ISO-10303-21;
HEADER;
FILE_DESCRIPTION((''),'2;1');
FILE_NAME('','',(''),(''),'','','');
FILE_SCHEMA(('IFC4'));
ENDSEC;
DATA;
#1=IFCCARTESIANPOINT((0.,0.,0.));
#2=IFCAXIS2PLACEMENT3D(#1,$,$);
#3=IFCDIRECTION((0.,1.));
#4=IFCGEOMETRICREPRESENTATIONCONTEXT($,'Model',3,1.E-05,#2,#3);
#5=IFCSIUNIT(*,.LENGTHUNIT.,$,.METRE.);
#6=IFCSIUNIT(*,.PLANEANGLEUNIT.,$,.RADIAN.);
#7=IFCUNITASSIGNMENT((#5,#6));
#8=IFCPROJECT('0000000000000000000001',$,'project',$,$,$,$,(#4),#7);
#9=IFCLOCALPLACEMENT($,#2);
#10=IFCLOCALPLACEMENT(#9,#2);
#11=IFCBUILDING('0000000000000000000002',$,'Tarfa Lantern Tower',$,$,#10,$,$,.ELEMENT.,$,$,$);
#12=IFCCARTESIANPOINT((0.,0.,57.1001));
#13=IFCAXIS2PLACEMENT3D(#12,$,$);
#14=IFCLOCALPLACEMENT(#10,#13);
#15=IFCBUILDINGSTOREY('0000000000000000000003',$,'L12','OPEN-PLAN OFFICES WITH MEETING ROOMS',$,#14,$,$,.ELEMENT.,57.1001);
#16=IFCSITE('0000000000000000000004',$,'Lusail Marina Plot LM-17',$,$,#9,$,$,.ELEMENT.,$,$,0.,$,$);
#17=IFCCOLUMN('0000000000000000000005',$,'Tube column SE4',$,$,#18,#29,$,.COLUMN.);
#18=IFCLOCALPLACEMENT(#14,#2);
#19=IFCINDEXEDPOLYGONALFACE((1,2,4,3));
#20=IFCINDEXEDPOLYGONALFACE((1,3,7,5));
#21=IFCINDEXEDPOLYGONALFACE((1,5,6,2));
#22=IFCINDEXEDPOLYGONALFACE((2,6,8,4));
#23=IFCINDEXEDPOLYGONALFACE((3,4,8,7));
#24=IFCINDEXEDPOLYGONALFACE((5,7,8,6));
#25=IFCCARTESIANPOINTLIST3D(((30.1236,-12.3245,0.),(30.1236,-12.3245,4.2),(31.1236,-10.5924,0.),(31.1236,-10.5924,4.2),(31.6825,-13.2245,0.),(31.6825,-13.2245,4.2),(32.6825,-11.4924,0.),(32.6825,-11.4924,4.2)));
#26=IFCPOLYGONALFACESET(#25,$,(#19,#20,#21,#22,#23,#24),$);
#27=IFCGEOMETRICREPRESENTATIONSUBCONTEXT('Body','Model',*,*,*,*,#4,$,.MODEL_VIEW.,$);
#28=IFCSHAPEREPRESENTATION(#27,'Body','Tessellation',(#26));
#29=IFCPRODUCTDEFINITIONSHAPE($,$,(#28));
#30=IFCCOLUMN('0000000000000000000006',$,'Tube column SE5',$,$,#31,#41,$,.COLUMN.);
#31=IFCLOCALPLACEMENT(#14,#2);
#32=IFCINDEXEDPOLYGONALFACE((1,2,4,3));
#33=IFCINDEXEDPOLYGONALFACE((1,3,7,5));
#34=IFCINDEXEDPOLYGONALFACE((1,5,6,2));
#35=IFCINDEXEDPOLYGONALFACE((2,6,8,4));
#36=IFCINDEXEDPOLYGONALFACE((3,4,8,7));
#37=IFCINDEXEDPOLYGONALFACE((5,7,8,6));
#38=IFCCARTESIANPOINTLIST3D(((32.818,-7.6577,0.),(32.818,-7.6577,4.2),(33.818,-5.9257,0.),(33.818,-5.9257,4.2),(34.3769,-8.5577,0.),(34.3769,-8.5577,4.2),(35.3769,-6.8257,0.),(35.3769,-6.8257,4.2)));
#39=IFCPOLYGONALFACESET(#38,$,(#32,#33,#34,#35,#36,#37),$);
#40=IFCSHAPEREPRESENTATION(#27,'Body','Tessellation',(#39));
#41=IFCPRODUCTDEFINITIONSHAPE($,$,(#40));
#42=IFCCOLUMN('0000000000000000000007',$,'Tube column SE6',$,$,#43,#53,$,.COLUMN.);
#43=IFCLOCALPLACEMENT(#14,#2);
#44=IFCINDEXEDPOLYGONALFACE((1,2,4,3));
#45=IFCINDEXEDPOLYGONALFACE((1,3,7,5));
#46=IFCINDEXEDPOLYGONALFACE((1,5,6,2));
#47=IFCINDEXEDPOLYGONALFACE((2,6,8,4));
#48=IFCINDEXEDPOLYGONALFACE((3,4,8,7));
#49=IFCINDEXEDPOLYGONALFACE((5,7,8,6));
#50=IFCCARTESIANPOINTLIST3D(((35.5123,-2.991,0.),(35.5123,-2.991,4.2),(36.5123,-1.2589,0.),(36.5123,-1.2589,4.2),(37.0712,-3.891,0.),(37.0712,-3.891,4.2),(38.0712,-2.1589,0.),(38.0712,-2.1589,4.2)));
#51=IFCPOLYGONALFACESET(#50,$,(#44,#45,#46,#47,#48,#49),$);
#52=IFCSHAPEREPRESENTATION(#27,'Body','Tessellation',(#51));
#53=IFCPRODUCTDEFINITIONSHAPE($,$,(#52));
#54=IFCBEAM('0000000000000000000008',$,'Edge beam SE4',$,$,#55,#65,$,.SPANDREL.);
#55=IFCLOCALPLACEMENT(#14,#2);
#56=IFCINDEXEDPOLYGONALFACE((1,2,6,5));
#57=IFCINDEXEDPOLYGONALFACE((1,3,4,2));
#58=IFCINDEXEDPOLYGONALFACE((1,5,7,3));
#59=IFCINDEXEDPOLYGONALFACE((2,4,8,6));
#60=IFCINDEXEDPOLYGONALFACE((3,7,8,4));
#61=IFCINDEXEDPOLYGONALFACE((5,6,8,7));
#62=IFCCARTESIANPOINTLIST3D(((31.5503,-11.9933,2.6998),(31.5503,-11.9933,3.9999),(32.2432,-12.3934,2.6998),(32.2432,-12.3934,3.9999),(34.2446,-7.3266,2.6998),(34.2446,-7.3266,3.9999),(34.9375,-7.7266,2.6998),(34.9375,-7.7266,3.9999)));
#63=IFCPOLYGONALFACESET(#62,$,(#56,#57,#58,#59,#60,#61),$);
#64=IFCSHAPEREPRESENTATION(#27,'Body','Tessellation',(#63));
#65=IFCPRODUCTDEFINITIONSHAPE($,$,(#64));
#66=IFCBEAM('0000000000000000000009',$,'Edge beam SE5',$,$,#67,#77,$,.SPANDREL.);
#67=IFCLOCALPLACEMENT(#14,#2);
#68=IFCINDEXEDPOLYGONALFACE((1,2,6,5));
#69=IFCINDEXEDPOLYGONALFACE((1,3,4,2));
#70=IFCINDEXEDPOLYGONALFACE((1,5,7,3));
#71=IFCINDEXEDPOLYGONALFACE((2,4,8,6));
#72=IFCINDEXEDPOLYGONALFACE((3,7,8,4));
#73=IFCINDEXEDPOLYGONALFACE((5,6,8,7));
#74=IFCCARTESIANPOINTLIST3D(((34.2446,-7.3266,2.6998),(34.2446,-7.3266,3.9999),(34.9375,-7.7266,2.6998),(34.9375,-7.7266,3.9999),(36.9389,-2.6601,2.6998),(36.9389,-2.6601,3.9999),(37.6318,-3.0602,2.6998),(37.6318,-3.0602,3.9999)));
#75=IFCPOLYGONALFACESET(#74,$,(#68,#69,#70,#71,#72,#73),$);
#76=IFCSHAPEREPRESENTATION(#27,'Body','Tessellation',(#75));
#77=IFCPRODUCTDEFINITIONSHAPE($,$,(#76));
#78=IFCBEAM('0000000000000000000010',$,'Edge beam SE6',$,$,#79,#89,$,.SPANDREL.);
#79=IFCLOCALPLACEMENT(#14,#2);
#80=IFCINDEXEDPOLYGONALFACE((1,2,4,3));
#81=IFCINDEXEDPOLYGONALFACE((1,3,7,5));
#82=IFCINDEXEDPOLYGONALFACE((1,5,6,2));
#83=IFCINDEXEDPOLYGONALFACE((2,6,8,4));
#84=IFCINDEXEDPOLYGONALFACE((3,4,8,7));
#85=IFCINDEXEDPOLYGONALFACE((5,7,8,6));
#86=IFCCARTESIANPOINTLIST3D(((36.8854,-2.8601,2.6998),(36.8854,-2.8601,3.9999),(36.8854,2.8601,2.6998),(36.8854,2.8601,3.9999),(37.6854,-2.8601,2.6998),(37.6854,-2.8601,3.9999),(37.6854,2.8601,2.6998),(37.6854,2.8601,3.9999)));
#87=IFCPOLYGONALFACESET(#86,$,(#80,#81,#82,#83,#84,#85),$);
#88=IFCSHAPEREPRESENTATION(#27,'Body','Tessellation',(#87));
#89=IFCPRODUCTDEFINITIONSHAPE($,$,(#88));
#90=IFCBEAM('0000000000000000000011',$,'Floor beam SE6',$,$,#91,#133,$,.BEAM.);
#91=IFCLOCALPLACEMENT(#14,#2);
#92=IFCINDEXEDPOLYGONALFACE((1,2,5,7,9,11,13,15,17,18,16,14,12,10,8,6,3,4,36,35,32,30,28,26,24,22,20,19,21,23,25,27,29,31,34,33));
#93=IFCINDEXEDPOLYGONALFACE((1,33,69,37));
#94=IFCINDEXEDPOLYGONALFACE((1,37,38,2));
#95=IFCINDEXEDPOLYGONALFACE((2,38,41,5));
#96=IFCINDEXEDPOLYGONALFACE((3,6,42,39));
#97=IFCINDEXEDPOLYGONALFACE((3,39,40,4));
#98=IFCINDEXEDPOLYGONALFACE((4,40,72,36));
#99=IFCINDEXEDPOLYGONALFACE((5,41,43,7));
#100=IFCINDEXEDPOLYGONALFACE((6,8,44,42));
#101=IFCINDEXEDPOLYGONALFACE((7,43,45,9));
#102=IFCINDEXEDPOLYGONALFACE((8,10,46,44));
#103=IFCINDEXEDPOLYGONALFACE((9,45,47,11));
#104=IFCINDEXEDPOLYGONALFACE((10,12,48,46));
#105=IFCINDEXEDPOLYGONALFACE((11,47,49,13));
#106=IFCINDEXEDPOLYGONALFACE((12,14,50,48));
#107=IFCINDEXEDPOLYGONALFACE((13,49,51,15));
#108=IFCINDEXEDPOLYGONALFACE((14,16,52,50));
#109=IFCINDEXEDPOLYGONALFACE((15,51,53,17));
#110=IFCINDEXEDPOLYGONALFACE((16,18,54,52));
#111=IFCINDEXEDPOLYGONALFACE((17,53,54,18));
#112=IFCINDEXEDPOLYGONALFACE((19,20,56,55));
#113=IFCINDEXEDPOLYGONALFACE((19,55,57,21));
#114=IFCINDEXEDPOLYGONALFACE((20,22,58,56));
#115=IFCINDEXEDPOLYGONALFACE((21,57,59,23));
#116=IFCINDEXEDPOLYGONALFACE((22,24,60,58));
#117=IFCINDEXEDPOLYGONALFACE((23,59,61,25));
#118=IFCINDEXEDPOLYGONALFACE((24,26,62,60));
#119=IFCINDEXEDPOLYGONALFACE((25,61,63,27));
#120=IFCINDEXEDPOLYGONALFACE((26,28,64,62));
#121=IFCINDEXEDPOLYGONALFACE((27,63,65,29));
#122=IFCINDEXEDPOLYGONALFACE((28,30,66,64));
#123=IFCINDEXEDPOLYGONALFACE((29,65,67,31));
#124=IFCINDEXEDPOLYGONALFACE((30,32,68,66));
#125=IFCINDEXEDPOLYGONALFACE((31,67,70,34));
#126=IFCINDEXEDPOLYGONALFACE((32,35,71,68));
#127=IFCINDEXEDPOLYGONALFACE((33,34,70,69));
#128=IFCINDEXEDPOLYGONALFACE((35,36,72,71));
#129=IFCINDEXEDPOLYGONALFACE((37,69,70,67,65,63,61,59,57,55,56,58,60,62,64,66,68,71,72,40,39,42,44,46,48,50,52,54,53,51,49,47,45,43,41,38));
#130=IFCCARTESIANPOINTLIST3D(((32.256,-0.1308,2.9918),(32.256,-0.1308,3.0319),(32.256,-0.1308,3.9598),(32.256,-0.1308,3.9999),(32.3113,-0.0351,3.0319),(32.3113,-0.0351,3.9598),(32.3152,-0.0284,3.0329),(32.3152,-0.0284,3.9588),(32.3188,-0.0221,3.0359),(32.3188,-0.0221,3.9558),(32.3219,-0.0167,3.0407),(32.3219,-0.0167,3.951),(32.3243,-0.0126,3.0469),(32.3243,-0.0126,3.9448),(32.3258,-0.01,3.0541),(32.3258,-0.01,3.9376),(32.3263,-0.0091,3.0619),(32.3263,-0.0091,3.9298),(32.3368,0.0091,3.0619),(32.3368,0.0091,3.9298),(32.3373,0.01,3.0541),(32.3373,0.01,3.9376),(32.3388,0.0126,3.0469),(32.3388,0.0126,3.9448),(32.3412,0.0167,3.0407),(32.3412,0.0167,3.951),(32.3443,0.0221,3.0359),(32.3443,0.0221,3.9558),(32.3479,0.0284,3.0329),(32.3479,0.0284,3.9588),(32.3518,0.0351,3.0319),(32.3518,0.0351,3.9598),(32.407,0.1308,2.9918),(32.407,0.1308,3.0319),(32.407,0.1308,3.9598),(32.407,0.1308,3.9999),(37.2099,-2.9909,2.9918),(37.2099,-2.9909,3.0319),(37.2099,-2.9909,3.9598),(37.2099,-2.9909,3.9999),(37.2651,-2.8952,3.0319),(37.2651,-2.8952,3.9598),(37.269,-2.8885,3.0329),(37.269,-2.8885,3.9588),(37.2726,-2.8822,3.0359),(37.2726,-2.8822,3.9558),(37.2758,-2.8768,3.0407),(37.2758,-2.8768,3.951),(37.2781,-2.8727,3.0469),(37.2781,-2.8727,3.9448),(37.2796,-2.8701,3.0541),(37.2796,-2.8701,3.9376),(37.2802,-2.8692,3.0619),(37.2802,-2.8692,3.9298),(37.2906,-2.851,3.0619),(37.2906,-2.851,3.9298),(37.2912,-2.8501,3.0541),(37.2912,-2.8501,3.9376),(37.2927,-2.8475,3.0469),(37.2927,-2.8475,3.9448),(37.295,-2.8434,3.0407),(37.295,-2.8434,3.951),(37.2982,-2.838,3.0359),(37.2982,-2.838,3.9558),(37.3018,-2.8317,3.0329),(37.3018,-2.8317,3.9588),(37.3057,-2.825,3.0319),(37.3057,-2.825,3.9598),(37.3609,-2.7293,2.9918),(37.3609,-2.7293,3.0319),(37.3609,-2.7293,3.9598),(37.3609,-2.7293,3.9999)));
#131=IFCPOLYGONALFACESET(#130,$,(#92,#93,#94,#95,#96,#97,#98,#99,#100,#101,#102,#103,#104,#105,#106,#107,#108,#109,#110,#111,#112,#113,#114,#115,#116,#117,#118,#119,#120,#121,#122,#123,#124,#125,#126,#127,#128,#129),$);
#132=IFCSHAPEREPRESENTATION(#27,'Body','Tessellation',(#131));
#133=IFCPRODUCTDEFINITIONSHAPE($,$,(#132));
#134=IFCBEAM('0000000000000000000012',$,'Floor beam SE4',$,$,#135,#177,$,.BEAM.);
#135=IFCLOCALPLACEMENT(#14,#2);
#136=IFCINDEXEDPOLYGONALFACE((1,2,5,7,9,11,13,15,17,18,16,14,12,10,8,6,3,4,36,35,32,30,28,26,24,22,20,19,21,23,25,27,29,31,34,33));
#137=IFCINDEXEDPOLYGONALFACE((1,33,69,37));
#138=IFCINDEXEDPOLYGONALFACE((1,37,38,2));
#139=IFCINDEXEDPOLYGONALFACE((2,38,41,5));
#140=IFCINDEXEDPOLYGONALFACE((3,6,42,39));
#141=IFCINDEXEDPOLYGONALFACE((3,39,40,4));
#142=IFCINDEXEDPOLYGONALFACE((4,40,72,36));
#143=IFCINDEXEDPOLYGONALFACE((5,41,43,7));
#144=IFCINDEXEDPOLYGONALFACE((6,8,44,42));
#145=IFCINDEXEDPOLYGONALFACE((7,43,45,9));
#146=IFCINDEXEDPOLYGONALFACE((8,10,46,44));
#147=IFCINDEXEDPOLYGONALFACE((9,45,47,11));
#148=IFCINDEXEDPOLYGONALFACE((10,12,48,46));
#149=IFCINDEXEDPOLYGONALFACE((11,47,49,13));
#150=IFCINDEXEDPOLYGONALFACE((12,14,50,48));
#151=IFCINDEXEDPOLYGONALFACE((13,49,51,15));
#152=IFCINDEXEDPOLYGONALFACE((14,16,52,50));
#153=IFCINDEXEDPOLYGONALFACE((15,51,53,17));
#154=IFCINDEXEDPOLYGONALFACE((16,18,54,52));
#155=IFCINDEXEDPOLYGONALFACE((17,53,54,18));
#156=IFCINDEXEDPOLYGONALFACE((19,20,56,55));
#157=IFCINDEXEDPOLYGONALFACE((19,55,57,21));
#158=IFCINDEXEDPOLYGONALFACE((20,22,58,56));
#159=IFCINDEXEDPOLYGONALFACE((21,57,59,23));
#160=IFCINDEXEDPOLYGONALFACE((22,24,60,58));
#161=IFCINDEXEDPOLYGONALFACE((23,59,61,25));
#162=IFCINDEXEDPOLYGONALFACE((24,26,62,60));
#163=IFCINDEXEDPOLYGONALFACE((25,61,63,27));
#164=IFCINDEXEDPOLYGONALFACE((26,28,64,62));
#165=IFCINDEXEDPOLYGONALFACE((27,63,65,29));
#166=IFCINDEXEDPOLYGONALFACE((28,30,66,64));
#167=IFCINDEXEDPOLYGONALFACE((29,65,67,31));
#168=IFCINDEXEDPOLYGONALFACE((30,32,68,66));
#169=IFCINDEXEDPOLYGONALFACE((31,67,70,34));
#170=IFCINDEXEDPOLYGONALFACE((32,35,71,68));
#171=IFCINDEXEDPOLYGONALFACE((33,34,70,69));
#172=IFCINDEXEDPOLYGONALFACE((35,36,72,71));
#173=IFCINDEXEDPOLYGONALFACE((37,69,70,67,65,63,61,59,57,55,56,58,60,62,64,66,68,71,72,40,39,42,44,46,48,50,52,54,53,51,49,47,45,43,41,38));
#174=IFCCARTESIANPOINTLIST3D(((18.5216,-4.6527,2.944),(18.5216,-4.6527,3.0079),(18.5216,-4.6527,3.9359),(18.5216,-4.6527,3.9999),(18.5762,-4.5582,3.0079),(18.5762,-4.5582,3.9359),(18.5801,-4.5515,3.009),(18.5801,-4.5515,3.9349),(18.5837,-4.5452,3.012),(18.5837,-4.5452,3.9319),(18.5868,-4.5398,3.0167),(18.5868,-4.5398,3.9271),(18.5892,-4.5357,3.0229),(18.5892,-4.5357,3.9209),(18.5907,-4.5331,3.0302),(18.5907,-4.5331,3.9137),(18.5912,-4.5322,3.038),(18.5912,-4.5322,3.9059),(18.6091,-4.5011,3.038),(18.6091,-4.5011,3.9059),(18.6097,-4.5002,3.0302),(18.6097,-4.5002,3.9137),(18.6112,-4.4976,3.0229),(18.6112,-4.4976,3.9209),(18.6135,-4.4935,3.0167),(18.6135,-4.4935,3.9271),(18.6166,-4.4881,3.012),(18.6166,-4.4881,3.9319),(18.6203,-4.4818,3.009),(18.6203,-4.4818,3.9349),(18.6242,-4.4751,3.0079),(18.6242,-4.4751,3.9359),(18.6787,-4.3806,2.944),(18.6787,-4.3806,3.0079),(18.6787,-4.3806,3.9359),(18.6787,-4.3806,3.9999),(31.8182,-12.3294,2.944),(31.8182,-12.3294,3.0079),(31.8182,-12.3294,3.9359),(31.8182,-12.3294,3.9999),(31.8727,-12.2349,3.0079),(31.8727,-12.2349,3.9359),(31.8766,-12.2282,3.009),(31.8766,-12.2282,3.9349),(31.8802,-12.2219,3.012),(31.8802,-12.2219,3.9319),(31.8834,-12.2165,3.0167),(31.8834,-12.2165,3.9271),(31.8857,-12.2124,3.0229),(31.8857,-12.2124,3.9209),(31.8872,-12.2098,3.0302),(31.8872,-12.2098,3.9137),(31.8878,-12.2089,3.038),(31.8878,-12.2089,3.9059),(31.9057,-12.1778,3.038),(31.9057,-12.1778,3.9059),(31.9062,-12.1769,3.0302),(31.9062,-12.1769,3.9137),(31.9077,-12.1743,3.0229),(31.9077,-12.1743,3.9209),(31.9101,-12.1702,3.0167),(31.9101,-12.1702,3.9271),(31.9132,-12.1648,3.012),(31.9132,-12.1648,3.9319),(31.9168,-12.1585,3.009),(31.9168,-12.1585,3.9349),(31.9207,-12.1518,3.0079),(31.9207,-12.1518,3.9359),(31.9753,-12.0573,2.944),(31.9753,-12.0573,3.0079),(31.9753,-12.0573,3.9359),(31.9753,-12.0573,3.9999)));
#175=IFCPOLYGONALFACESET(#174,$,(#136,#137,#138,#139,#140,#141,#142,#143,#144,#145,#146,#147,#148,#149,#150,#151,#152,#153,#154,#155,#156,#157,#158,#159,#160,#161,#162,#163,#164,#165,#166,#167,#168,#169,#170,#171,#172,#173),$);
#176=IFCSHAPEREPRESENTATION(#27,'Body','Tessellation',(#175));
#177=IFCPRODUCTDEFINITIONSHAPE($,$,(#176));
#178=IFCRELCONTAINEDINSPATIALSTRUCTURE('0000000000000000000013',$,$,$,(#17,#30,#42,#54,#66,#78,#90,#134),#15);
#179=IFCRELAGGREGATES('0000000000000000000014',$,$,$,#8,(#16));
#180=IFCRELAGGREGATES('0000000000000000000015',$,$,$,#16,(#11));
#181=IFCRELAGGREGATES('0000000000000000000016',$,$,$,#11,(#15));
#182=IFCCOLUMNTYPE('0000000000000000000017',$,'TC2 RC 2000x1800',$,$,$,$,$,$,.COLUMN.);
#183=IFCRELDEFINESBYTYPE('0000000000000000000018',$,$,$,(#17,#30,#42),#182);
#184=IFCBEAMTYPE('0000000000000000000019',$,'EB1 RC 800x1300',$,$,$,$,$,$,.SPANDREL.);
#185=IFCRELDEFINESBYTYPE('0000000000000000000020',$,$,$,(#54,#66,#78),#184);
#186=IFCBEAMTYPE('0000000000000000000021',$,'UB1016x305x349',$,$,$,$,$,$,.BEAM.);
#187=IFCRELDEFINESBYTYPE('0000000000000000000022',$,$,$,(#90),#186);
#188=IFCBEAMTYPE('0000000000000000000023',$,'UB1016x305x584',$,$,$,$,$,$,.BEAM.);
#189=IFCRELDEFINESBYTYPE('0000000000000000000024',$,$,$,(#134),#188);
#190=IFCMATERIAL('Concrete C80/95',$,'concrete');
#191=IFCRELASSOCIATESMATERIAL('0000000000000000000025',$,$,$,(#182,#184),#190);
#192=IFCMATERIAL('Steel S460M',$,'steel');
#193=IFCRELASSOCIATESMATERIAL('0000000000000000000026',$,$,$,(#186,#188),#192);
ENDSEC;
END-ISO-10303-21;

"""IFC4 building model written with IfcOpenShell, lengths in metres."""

from ifc_helpers import new_model, si_unit, direction, frame, origin, origin_2d, place, context, subcontext, project, spatial, rectangle, i_section, extrude, material, material_profile, profile_set, type_object, element, save


model = new_model("IFC4")

# Units and contexts
model_context = context("Model", 3, precision=1e-05, world=origin(), true_north=direction((0.0, 1.0)))
body_context = subcontext(model_context, "Body", "Model", "MODEL_VIEW")
ifc_project = project(units=[si_unit("LENGTHUNIT", "METRE"), si_unit("PLANEANGLEUNIT", "RADIAN")], contexts=[model_context])

# Site, building, storey
site_placement = place(None, origin())
site = spatial("IfcSite", under=ifc_project, at=site_placement, Name="Lusail Marina Plot LM-17", CompositionType="ELEMENT", RefElevation=0.0)
building_placement = place(site_placement, origin())
building = spatial("IfcBuilding", under=site, at=building_placement, Name="Tarfa Lantern Tower", CompositionType="ELEMENT")
storey_placement = place(building_placement, frame((0.0, 0.0, 57.1001)))
storey = spatial("IfcBuildingStorey", under=building, at=storey_placement, Name="L12", Description="OPEN-PLAN OFFICES WITH MEETING ROOMS", CompositionType="ELEMENT", Elevation=57.1001)

# Columns
ifc_material_1 = material(Name="Concrete C80/95", Category="concrete")
ifc_material_profile_1 = material_profile(ifc_material_1, rectangle(XDim=2.0, YDim=1.8, at=origin_2d()), Name="RC 2000x1800")
ifc_profile_set_1 = profile_set([ifc_material_profile_1], Name="Concrete C80/95")
column_type = type_object("IfcColumnType", Name="TC2 RC 2000x1800", PredefinedType="COLUMN", material=ifc_profile_set_1)
for number, where, z_axis, x_axis, name in (
    (1, (31.4031, -11.9084, 0.0), (0.0, 0.0, 1.0), (0.5, 0.866025, 0.0), "Tube column SE4"),
    (2, (34.0974, -7.2417, 0.0), (0.0, 0.0, 1.0), (0.5, 0.866025, 0.0), "Tube column SE5"),
    (3, (36.7917, -2.575, 0.0), (0.0, 0.0, 1.0), (0.5, 0.866025, 0.0), "Tube column SE6"),
):
    element("IfcColumn", number, at=place(storey_placement, frame(where, z_axis=z_axis, x_axis=x_axis)), inside=storey, type_object=column_type, Name=name, PredefinedType="COLUMN", context=body_context, shape_type="SweptSolid", body=[
        extrude(rectangle(XDim=2.0, YDim=1.8, at=origin_2d()), origin(), (0.0, 0.0, 1.0), 4.2),
    ])

# Beams
ifc_material_profile_2 = material_profile(ifc_material_1, rectangle(XDim=0.8, YDim=1.3, at=origin_2d()), Name="RC 800x1300")
ifc_profile_set_2 = profile_set([ifc_material_profile_2], Name="Concrete C80/95")
beam_type_1 = type_object("IfcBeamType", Name="EB1 RC 800x1300", PredefinedType="SPANDREL", material=ifc_profile_set_2)
beam_1_placement = place(storey_placement, frame((31.8967, -12.1934, 3.3499), z_axis=(0.499998, 0.866026, 0.0), x_axis=(-0.866026, 0.499998, 0.0)))
element("IfcBeam", 4, at=beam_1_placement, inside=storey, type_object=beam_type_1, Name="Edge beam SE4", PredefinedType="SPANDREL", context=body_context, shape_type="SweptSolid", body=[
    extrude(rectangle(XDim=0.8, YDim=1.3, at=origin_2d()), origin(), (0.0, 0.0, 1.0), 5.3887),
])
beam_2_placement = place(storey_placement, frame((34.5911, -7.5266, 3.3499), z_axis=(0.500018, 0.866015, 0.0), x_axis=(-0.866015, 0.500018, 0.0)))
element("IfcBeam", 5, at=beam_2_placement, inside=storey, type_object=beam_type_1, Name="Edge beam SE5", PredefinedType="SPANDREL", context=body_context, shape_type="SweptSolid", body=[
    extrude(rectangle(XDim=0.8, YDim=1.3, at=origin_2d()), origin(), (0.0, 0.0, 1.0), 5.3884),
])
beam_3_placement = place(storey_placement, frame((37.2854, -2.8601, 3.3499), z_axis=(0.0, 1.0, 0.0), x_axis=(-1.0, 0.0, 0.0)))
element("IfcBeam", 6, at=beam_3_placement, inside=storey, type_object=beam_type_1, Name="Edge beam SE6", PredefinedType="SPANDREL", context=body_context, shape_type="SweptSolid", body=[
    extrude(rectangle(XDim=0.8, YDim=1.3, at=origin_2d()), origin(), (0.0, 0.0, 1.0), 5.7202),
])
ifc_material_2 = material(Name="Steel S460M", Category="steel")
ifc_material_profile_3 = material_profile(ifc_material_2, i_section(OverallWidth=0.302, OverallDepth=1.0081, WebThickness=0.021, FlangeThickness=0.04, FilletRadius=0.03, at=origin_2d()), Name="UB1016x305x349")
ifc_profile_set_3 = profile_set([ifc_material_profile_3], Name="Steel S460M")
beam_type_2 = type_object("IfcBeamType", Name="UB1016x305x349", PredefinedType="BEAM", material=ifc_profile_set_3)
beam_4_placement = place(storey_placement, frame((37.2854, -2.8601, 3.4958), z_axis=(-0.866026, 0.5, 0.0), x_axis=(-0.5, -0.866026, 0.0)))
element("IfcBeam", 7, at=beam_4_placement, inside=storey, type_object=beam_type_2, Name="Floor beam SE6", PredefinedType="BEAM", context=body_context, shape_type="SweptSolid", body=[
    extrude(i_section(OverallWidth=0.302, OverallDepth=1.0081, WebThickness=0.021, FlangeThickness=0.04, FilletRadius=0.03, at=origin_2d()), origin(), (0.0, 0.0, 1.0), 5.7202),
])
ifc_material_profile_4 = material_profile(ifc_material_2, i_section(OverallWidth=0.3142, OverallDepth=1.0559, WebThickness=0.0359, FlangeThickness=0.064, FilletRadius=0.03, at=origin_2d()), Name="UB1016x305x584")
ifc_profile_set_4 = profile_set([ifc_material_profile_4], Name="Steel S460M")
beam_type_3 = type_object("IfcBeamType", Name="UB1016x305x584", PredefinedType="BEAM", material=ifc_profile_set_4)
beam_5_placement = place(storey_placement, frame((31.8967, -12.1934, 3.4719), z_axis=(-0.866027, 0.499997, 0.0), x_axis=(-0.499997, -0.866027, 0.0)))
element("IfcBeam", 8, at=beam_5_placement, inside=storey, type_object=beam_type_3, Name="Floor beam SE4", PredefinedType="BEAM", context=body_context, shape_type="SweptSolid", body=[
    extrude(i_section(OverallWidth=0.3142, OverallDepth=1.0559, WebThickness=0.0359, FlangeThickness=0.064, FilletRadius=0.03, at=origin_2d()), origin(), (0.0, 0.0, 1.0), 15.3535),
])

save(model, "model.ifc")
